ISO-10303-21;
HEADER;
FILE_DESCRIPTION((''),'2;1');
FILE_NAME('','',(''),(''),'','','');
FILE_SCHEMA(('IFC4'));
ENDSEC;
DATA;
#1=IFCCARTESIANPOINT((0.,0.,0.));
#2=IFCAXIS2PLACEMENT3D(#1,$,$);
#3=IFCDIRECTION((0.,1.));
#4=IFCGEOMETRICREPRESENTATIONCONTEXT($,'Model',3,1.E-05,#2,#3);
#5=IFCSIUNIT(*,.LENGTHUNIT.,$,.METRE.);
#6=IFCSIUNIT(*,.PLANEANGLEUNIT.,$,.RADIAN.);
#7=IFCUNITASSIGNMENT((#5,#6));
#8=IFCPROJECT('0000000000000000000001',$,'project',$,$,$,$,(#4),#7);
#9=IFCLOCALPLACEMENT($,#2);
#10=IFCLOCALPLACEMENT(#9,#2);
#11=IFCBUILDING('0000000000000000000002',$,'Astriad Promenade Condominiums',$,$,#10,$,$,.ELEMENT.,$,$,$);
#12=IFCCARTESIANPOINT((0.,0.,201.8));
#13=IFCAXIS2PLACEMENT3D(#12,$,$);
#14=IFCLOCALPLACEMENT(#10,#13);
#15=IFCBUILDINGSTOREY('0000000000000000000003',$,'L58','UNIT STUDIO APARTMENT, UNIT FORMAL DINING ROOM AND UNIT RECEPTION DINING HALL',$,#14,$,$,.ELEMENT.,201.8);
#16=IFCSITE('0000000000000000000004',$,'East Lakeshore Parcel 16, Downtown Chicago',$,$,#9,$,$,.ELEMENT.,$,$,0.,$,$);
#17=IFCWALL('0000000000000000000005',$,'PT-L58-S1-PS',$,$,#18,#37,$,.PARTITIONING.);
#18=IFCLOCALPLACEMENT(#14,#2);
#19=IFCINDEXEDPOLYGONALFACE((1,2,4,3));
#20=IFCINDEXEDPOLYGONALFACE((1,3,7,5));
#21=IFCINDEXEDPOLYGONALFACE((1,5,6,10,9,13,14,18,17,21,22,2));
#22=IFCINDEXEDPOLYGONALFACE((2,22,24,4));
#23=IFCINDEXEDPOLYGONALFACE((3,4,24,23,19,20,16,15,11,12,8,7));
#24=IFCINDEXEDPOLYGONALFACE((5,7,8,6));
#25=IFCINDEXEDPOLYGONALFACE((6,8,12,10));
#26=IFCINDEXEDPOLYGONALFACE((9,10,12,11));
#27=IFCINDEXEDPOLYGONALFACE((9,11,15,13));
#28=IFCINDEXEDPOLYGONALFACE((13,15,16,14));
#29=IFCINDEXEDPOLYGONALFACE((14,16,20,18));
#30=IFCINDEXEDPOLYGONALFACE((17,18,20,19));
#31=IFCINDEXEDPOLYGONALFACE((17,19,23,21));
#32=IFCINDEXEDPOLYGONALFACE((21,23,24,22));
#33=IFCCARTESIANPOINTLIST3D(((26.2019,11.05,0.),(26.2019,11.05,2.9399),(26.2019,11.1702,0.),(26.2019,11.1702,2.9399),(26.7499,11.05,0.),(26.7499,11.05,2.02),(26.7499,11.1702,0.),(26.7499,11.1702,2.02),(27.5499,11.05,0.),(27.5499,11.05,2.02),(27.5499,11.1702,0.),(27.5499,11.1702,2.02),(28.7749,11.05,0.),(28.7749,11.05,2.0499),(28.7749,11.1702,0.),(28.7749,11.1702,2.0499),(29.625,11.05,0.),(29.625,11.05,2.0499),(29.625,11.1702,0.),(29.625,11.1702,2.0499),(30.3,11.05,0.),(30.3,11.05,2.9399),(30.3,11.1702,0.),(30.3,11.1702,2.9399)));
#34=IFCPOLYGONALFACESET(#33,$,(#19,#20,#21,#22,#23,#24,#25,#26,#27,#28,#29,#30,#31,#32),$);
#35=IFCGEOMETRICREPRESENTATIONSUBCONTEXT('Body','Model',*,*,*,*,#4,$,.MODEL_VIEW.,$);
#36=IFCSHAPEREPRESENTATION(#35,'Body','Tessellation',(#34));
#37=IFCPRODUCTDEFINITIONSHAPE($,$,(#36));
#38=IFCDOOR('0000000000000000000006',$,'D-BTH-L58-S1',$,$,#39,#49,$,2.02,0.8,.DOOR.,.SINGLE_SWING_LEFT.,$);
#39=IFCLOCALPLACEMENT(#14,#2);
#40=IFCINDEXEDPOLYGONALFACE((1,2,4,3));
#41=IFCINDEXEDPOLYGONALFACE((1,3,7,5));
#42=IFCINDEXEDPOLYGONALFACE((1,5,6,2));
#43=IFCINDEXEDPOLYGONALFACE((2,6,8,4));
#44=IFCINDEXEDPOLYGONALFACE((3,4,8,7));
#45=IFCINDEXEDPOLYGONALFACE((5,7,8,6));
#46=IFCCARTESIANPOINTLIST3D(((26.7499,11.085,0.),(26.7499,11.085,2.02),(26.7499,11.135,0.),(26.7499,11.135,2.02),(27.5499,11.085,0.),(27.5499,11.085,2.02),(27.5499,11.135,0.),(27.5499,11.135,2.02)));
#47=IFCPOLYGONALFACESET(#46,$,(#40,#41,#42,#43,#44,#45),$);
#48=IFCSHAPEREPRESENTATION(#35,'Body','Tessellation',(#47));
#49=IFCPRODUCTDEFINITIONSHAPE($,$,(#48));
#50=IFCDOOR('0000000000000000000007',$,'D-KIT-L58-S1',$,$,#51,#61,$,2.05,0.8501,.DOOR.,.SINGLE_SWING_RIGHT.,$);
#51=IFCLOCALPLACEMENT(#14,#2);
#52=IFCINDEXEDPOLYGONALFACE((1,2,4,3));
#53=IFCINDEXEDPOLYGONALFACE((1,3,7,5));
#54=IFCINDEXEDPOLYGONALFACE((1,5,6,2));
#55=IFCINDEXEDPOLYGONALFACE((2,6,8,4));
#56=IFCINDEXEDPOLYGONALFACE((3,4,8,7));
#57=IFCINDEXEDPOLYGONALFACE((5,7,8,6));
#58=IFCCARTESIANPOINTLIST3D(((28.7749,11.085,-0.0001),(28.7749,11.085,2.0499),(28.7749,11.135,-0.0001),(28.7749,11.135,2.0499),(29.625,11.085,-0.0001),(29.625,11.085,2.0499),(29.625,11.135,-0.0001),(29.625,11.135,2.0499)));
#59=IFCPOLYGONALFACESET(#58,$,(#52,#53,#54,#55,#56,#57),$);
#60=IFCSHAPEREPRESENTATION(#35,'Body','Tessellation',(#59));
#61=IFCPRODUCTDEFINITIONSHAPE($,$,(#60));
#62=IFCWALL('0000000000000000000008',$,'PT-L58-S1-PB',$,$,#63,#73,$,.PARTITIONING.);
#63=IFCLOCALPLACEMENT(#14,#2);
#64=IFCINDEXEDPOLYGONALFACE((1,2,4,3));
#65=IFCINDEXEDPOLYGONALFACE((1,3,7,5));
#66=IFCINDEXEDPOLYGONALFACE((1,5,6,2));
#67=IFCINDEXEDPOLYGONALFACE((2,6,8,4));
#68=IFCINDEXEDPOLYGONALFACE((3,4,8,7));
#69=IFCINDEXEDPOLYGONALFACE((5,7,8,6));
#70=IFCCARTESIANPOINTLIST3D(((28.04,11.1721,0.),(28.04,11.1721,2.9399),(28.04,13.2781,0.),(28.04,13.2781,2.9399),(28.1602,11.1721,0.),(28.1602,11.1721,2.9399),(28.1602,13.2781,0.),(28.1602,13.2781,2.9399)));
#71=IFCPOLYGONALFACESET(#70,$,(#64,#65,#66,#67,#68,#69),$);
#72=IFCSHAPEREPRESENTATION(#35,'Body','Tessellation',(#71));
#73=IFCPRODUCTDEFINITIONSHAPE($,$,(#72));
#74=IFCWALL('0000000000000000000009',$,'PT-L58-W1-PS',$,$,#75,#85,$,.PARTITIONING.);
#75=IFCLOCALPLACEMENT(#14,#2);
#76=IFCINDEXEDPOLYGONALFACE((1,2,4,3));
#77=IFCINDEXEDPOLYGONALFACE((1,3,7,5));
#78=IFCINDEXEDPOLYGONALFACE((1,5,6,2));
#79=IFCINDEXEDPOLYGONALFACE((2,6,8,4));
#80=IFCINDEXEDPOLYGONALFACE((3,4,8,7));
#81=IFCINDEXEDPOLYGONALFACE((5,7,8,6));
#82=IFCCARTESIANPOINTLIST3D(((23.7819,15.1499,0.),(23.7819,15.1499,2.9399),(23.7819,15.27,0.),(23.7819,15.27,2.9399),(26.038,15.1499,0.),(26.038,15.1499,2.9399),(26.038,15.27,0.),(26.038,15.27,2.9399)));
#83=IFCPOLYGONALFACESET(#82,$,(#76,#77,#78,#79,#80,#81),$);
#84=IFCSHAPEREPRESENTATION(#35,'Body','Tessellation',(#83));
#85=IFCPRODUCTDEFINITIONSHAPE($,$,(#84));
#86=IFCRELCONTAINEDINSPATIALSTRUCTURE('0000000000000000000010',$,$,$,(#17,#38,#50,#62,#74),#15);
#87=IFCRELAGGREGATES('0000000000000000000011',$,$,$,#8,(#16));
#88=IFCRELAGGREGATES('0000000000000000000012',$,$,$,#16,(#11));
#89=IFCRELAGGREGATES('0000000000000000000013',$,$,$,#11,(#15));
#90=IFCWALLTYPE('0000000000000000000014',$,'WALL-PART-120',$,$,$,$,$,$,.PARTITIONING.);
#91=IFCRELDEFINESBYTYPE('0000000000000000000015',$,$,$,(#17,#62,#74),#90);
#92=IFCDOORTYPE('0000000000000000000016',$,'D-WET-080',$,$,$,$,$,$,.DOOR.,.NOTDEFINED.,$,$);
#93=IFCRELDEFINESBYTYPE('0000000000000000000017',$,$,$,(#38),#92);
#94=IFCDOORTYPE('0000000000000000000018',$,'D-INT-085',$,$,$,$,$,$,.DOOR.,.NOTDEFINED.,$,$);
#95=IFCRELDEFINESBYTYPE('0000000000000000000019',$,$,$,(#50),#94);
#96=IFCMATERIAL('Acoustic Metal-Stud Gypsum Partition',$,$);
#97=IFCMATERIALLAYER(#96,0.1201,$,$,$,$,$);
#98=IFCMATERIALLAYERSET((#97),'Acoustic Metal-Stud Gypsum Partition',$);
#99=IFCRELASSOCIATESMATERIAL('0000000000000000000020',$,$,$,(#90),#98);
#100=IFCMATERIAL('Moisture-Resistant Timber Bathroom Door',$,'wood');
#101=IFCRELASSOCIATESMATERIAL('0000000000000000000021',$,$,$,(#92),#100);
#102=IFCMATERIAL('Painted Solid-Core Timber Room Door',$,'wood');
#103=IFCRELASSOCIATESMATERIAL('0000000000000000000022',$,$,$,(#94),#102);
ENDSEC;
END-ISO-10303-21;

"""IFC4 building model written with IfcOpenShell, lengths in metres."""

from ifc_helpers import new_model, si_unit, direction, frame, frame_2d, origin, place, context, subcontext, project, spatial, rectangle, extrude, source, transform, mapped, material, layer, layer_set, type_object, type_shapes, element, fill, save


model = new_model("IFC4")

# Units and contexts
model_context = context("Model", 3, precision=1e-05, world=origin(), true_north=direction((0.0, 1.0)))
body_context = subcontext(model_context, "Body", "Model", "MODEL_VIEW")
ifc_project = project(units=[si_unit("LENGTHUNIT", "METRE"), si_unit("PLANEANGLEUNIT", "RADIAN")], contexts=[model_context])

# Site, building, storey
site_placement = place(None, origin())
site = spatial("IfcSite", under=ifc_project, at=site_placement, Name="East Lakeshore Parcel 16, Downtown Chicago", CompositionType="ELEMENT", RefElevation=0.0)
building_placement = place(site_placement, origin())
building = spatial("IfcBuilding", under=site, at=building_placement, Name="Astriad Promenade Condominiums", CompositionType="ELEMENT")
storey_placement = place(building_placement, frame((0.0, 0.0, 201.8)))
storey = spatial("IfcBuildingStorey", under=building, at=storey_placement, Name="L58", Description="UNIT STUDIO APARTMENT, UNIT FORMAL DINING ROOM AND UNIT RECEPTION DINING HALL", CompositionType="ELEMENT", Elevation=201.8)

# Wall, openings, doors
ifc_material_1 = material(Name="Acoustic Metal-Stud Gypsum Partition")
ifc_layer_1 = layer(ifc_material_1, 0.1201)
ifc_layer_set_1 = layer_set([ifc_layer_1], Name="Acoustic Metal-Stud Gypsum Partition")
wall_type_1 = type_object("IfcWallType", Name="WALL-PART-120", PredefinedType="PARTITIONING", material=ifc_layer_set_1)
wall_1_placement = place(storey_placement, frame((26.2019, 11.1101, 0.0), z_axis=(0.0, 0.0, 1.0), x_axis=(1.0, 0.0, 0.0)))
wall_1 = element("IfcWall", 1, at=wall_1_placement, inside=storey, type_object=wall_type_1, Name="PT-L58-S1-PS", PredefinedType="PARTITIONING", context=body_context, shape_type="SweptSolid", body=[
    extrude(rectangle(XDim=4.0981, YDim=0.1201, at=frame_2d((2.0491, 0.0))), origin(), (0.0, 0.0, 1.0), 2.9399),
])
opening_1_placement = place(wall_1_placement, frame((0.5481, 0.0, 0.0)))
opening_1 = element("IfcOpeningElement", 2, at=opening_1_placement, cuts=wall_1, PredefinedType="OPENING", context=body_context, shape_type="SweptSolid", body=[
    extrude(rectangle(XDim=0.8, YDim=2.02, at=frame_2d((0.3999, 1.01))), frame((0.0, 0.0701, 0.0), z_axis=(0.0, -1.0, 0.0), x_axis=(1.0, 0.0, 0.0)), (0.0, 0.0, 1.0), 0.1401),
])
opening_2_placement = place(wall_1_placement, frame((2.573, 0.0, 0.0)))
opening_2 = element("IfcOpeningElement", 3, at=opening_2_placement, cuts=wall_1, PredefinedType="OPENING", context=body_context, shape_type="SweptSolid", body=[
    extrude(rectangle(XDim=0.8501, YDim=2.05, at=frame_2d((0.425, 1.0249))), frame((0.0, 0.0701, 0.0), z_axis=(0.0, -1.0, 0.0), x_axis=(1.0, 0.0, 0.0)), (0.0, 0.0, 1.0), 0.1401),
])
ifc_material_2 = material(Name="Moisture-Resistant Timber Bathroom Door", Category="wood")
door_type_1 = type_object("IfcDoorType", Name="D-WET-080", OperationType="NOTDEFINED", PredefinedType="DOOR", material=ifc_material_2)
shared_shape_1 = source(origin(), body_context, "Body", "SweptSolid", [
    extrude(rectangle(XDim=0.8, YDim=2.02, at=frame_2d((0.3999, 1.01))), frame((0.0, 0.0249, 0.0), z_axis=(0.0, -1.0, 0.0), x_axis=(1.0, 0.0, 0.0)), (0.0, 0.0, 1.0), 0.05),
])
type_shapes(door_type_1, [shared_shape_1])
door_1_placement = place(opening_1_placement, origin())
door_1 = element("IfcDoor", 4, at=door_1_placement, inside=storey, type_object=door_type_1, Name="D-BTH-L58-S1", OperationType="SINGLE_SWING_LEFT", OverallHeight=2.02, OverallWidth=0.8, PredefinedType="DOOR", context=body_context, shape_type="MappedRepresentation", body=[
    mapped(shared_shape_1, transform((0.0, 0.0, 0.0), scale=1.0)),
])
fill(opening_1, door_1)
ifc_material_3 = material(Name="Painted Solid-Core Timber Room Door", Category="wood")
door_type_2 = type_object("IfcDoorType", Name="D-INT-085", OperationType="NOTDEFINED", PredefinedType="DOOR", material=ifc_material_3)
shared_shape_2 = source(origin(), body_context, "Body", "SweptSolid", [
    extrude(rectangle(XDim=0.8501, YDim=2.05, at=frame_2d((0.425, 1.0249))), frame((0.0, 0.0249, 0.0), z_axis=(0.0, -1.0, 0.0), x_axis=(1.0, 0.0, 0.0)), (0.0, 0.0, 1.0), 0.05),
])
type_shapes(door_type_2, [shared_shape_2])
door_2_placement = place(opening_2_placement, origin())
door_2 = element("IfcDoor", 5, at=door_2_placement, inside=storey, type_object=door_type_2, Name="D-KIT-L58-S1", OperationType="SINGLE_SWING_RIGHT", OverallHeight=2.05, OverallWidth=0.8501, PredefinedType="DOOR", context=body_context, shape_type="MappedRepresentation", body=[
    mapped(shared_shape_2, transform((0.0, 0.0, 0.0), scale=1.0)),
])
fill(opening_2, door_2)

# Walls
wall_2_placement = place(storey_placement, frame((28.1001, 11.1721, 0.0), z_axis=(0.0, 0.0, 1.0), x_axis=(0.0, 1.0, 0.0)))
element("IfcWall", 6, at=wall_2_placement, inside=storey, type_object=wall_type_1, Name="PT-L58-S1-PB", PredefinedType="PARTITIONING", context=body_context, shape_type="SweptSolid", body=[
    extrude(rectangle(XDim=2.106, YDim=0.1201, at=frame_2d((1.053, 0.0))), origin(), (0.0, 0.0, 1.0), 2.9399),
])
wall_3_placement = place(storey_placement, frame((23.782, 15.21, 0.0), z_axis=(0.0, 0.0, 1.0), x_axis=(1.0, 0.0, 0.0)))
element("IfcWall", 7, at=wall_3_placement, inside=storey, type_object=wall_type_1, Name="PT-L58-W1-PS", PredefinedType="PARTITIONING", context=body_context, shape_type="SweptSolid", body=[
    extrude(rectangle(XDim=2.2561, YDim=0.1201, at=frame_2d((1.1279, 0.0))), origin(), (0.0, 0.0, 1.0), 2.9399),
])

save(model, "model.ifc")
